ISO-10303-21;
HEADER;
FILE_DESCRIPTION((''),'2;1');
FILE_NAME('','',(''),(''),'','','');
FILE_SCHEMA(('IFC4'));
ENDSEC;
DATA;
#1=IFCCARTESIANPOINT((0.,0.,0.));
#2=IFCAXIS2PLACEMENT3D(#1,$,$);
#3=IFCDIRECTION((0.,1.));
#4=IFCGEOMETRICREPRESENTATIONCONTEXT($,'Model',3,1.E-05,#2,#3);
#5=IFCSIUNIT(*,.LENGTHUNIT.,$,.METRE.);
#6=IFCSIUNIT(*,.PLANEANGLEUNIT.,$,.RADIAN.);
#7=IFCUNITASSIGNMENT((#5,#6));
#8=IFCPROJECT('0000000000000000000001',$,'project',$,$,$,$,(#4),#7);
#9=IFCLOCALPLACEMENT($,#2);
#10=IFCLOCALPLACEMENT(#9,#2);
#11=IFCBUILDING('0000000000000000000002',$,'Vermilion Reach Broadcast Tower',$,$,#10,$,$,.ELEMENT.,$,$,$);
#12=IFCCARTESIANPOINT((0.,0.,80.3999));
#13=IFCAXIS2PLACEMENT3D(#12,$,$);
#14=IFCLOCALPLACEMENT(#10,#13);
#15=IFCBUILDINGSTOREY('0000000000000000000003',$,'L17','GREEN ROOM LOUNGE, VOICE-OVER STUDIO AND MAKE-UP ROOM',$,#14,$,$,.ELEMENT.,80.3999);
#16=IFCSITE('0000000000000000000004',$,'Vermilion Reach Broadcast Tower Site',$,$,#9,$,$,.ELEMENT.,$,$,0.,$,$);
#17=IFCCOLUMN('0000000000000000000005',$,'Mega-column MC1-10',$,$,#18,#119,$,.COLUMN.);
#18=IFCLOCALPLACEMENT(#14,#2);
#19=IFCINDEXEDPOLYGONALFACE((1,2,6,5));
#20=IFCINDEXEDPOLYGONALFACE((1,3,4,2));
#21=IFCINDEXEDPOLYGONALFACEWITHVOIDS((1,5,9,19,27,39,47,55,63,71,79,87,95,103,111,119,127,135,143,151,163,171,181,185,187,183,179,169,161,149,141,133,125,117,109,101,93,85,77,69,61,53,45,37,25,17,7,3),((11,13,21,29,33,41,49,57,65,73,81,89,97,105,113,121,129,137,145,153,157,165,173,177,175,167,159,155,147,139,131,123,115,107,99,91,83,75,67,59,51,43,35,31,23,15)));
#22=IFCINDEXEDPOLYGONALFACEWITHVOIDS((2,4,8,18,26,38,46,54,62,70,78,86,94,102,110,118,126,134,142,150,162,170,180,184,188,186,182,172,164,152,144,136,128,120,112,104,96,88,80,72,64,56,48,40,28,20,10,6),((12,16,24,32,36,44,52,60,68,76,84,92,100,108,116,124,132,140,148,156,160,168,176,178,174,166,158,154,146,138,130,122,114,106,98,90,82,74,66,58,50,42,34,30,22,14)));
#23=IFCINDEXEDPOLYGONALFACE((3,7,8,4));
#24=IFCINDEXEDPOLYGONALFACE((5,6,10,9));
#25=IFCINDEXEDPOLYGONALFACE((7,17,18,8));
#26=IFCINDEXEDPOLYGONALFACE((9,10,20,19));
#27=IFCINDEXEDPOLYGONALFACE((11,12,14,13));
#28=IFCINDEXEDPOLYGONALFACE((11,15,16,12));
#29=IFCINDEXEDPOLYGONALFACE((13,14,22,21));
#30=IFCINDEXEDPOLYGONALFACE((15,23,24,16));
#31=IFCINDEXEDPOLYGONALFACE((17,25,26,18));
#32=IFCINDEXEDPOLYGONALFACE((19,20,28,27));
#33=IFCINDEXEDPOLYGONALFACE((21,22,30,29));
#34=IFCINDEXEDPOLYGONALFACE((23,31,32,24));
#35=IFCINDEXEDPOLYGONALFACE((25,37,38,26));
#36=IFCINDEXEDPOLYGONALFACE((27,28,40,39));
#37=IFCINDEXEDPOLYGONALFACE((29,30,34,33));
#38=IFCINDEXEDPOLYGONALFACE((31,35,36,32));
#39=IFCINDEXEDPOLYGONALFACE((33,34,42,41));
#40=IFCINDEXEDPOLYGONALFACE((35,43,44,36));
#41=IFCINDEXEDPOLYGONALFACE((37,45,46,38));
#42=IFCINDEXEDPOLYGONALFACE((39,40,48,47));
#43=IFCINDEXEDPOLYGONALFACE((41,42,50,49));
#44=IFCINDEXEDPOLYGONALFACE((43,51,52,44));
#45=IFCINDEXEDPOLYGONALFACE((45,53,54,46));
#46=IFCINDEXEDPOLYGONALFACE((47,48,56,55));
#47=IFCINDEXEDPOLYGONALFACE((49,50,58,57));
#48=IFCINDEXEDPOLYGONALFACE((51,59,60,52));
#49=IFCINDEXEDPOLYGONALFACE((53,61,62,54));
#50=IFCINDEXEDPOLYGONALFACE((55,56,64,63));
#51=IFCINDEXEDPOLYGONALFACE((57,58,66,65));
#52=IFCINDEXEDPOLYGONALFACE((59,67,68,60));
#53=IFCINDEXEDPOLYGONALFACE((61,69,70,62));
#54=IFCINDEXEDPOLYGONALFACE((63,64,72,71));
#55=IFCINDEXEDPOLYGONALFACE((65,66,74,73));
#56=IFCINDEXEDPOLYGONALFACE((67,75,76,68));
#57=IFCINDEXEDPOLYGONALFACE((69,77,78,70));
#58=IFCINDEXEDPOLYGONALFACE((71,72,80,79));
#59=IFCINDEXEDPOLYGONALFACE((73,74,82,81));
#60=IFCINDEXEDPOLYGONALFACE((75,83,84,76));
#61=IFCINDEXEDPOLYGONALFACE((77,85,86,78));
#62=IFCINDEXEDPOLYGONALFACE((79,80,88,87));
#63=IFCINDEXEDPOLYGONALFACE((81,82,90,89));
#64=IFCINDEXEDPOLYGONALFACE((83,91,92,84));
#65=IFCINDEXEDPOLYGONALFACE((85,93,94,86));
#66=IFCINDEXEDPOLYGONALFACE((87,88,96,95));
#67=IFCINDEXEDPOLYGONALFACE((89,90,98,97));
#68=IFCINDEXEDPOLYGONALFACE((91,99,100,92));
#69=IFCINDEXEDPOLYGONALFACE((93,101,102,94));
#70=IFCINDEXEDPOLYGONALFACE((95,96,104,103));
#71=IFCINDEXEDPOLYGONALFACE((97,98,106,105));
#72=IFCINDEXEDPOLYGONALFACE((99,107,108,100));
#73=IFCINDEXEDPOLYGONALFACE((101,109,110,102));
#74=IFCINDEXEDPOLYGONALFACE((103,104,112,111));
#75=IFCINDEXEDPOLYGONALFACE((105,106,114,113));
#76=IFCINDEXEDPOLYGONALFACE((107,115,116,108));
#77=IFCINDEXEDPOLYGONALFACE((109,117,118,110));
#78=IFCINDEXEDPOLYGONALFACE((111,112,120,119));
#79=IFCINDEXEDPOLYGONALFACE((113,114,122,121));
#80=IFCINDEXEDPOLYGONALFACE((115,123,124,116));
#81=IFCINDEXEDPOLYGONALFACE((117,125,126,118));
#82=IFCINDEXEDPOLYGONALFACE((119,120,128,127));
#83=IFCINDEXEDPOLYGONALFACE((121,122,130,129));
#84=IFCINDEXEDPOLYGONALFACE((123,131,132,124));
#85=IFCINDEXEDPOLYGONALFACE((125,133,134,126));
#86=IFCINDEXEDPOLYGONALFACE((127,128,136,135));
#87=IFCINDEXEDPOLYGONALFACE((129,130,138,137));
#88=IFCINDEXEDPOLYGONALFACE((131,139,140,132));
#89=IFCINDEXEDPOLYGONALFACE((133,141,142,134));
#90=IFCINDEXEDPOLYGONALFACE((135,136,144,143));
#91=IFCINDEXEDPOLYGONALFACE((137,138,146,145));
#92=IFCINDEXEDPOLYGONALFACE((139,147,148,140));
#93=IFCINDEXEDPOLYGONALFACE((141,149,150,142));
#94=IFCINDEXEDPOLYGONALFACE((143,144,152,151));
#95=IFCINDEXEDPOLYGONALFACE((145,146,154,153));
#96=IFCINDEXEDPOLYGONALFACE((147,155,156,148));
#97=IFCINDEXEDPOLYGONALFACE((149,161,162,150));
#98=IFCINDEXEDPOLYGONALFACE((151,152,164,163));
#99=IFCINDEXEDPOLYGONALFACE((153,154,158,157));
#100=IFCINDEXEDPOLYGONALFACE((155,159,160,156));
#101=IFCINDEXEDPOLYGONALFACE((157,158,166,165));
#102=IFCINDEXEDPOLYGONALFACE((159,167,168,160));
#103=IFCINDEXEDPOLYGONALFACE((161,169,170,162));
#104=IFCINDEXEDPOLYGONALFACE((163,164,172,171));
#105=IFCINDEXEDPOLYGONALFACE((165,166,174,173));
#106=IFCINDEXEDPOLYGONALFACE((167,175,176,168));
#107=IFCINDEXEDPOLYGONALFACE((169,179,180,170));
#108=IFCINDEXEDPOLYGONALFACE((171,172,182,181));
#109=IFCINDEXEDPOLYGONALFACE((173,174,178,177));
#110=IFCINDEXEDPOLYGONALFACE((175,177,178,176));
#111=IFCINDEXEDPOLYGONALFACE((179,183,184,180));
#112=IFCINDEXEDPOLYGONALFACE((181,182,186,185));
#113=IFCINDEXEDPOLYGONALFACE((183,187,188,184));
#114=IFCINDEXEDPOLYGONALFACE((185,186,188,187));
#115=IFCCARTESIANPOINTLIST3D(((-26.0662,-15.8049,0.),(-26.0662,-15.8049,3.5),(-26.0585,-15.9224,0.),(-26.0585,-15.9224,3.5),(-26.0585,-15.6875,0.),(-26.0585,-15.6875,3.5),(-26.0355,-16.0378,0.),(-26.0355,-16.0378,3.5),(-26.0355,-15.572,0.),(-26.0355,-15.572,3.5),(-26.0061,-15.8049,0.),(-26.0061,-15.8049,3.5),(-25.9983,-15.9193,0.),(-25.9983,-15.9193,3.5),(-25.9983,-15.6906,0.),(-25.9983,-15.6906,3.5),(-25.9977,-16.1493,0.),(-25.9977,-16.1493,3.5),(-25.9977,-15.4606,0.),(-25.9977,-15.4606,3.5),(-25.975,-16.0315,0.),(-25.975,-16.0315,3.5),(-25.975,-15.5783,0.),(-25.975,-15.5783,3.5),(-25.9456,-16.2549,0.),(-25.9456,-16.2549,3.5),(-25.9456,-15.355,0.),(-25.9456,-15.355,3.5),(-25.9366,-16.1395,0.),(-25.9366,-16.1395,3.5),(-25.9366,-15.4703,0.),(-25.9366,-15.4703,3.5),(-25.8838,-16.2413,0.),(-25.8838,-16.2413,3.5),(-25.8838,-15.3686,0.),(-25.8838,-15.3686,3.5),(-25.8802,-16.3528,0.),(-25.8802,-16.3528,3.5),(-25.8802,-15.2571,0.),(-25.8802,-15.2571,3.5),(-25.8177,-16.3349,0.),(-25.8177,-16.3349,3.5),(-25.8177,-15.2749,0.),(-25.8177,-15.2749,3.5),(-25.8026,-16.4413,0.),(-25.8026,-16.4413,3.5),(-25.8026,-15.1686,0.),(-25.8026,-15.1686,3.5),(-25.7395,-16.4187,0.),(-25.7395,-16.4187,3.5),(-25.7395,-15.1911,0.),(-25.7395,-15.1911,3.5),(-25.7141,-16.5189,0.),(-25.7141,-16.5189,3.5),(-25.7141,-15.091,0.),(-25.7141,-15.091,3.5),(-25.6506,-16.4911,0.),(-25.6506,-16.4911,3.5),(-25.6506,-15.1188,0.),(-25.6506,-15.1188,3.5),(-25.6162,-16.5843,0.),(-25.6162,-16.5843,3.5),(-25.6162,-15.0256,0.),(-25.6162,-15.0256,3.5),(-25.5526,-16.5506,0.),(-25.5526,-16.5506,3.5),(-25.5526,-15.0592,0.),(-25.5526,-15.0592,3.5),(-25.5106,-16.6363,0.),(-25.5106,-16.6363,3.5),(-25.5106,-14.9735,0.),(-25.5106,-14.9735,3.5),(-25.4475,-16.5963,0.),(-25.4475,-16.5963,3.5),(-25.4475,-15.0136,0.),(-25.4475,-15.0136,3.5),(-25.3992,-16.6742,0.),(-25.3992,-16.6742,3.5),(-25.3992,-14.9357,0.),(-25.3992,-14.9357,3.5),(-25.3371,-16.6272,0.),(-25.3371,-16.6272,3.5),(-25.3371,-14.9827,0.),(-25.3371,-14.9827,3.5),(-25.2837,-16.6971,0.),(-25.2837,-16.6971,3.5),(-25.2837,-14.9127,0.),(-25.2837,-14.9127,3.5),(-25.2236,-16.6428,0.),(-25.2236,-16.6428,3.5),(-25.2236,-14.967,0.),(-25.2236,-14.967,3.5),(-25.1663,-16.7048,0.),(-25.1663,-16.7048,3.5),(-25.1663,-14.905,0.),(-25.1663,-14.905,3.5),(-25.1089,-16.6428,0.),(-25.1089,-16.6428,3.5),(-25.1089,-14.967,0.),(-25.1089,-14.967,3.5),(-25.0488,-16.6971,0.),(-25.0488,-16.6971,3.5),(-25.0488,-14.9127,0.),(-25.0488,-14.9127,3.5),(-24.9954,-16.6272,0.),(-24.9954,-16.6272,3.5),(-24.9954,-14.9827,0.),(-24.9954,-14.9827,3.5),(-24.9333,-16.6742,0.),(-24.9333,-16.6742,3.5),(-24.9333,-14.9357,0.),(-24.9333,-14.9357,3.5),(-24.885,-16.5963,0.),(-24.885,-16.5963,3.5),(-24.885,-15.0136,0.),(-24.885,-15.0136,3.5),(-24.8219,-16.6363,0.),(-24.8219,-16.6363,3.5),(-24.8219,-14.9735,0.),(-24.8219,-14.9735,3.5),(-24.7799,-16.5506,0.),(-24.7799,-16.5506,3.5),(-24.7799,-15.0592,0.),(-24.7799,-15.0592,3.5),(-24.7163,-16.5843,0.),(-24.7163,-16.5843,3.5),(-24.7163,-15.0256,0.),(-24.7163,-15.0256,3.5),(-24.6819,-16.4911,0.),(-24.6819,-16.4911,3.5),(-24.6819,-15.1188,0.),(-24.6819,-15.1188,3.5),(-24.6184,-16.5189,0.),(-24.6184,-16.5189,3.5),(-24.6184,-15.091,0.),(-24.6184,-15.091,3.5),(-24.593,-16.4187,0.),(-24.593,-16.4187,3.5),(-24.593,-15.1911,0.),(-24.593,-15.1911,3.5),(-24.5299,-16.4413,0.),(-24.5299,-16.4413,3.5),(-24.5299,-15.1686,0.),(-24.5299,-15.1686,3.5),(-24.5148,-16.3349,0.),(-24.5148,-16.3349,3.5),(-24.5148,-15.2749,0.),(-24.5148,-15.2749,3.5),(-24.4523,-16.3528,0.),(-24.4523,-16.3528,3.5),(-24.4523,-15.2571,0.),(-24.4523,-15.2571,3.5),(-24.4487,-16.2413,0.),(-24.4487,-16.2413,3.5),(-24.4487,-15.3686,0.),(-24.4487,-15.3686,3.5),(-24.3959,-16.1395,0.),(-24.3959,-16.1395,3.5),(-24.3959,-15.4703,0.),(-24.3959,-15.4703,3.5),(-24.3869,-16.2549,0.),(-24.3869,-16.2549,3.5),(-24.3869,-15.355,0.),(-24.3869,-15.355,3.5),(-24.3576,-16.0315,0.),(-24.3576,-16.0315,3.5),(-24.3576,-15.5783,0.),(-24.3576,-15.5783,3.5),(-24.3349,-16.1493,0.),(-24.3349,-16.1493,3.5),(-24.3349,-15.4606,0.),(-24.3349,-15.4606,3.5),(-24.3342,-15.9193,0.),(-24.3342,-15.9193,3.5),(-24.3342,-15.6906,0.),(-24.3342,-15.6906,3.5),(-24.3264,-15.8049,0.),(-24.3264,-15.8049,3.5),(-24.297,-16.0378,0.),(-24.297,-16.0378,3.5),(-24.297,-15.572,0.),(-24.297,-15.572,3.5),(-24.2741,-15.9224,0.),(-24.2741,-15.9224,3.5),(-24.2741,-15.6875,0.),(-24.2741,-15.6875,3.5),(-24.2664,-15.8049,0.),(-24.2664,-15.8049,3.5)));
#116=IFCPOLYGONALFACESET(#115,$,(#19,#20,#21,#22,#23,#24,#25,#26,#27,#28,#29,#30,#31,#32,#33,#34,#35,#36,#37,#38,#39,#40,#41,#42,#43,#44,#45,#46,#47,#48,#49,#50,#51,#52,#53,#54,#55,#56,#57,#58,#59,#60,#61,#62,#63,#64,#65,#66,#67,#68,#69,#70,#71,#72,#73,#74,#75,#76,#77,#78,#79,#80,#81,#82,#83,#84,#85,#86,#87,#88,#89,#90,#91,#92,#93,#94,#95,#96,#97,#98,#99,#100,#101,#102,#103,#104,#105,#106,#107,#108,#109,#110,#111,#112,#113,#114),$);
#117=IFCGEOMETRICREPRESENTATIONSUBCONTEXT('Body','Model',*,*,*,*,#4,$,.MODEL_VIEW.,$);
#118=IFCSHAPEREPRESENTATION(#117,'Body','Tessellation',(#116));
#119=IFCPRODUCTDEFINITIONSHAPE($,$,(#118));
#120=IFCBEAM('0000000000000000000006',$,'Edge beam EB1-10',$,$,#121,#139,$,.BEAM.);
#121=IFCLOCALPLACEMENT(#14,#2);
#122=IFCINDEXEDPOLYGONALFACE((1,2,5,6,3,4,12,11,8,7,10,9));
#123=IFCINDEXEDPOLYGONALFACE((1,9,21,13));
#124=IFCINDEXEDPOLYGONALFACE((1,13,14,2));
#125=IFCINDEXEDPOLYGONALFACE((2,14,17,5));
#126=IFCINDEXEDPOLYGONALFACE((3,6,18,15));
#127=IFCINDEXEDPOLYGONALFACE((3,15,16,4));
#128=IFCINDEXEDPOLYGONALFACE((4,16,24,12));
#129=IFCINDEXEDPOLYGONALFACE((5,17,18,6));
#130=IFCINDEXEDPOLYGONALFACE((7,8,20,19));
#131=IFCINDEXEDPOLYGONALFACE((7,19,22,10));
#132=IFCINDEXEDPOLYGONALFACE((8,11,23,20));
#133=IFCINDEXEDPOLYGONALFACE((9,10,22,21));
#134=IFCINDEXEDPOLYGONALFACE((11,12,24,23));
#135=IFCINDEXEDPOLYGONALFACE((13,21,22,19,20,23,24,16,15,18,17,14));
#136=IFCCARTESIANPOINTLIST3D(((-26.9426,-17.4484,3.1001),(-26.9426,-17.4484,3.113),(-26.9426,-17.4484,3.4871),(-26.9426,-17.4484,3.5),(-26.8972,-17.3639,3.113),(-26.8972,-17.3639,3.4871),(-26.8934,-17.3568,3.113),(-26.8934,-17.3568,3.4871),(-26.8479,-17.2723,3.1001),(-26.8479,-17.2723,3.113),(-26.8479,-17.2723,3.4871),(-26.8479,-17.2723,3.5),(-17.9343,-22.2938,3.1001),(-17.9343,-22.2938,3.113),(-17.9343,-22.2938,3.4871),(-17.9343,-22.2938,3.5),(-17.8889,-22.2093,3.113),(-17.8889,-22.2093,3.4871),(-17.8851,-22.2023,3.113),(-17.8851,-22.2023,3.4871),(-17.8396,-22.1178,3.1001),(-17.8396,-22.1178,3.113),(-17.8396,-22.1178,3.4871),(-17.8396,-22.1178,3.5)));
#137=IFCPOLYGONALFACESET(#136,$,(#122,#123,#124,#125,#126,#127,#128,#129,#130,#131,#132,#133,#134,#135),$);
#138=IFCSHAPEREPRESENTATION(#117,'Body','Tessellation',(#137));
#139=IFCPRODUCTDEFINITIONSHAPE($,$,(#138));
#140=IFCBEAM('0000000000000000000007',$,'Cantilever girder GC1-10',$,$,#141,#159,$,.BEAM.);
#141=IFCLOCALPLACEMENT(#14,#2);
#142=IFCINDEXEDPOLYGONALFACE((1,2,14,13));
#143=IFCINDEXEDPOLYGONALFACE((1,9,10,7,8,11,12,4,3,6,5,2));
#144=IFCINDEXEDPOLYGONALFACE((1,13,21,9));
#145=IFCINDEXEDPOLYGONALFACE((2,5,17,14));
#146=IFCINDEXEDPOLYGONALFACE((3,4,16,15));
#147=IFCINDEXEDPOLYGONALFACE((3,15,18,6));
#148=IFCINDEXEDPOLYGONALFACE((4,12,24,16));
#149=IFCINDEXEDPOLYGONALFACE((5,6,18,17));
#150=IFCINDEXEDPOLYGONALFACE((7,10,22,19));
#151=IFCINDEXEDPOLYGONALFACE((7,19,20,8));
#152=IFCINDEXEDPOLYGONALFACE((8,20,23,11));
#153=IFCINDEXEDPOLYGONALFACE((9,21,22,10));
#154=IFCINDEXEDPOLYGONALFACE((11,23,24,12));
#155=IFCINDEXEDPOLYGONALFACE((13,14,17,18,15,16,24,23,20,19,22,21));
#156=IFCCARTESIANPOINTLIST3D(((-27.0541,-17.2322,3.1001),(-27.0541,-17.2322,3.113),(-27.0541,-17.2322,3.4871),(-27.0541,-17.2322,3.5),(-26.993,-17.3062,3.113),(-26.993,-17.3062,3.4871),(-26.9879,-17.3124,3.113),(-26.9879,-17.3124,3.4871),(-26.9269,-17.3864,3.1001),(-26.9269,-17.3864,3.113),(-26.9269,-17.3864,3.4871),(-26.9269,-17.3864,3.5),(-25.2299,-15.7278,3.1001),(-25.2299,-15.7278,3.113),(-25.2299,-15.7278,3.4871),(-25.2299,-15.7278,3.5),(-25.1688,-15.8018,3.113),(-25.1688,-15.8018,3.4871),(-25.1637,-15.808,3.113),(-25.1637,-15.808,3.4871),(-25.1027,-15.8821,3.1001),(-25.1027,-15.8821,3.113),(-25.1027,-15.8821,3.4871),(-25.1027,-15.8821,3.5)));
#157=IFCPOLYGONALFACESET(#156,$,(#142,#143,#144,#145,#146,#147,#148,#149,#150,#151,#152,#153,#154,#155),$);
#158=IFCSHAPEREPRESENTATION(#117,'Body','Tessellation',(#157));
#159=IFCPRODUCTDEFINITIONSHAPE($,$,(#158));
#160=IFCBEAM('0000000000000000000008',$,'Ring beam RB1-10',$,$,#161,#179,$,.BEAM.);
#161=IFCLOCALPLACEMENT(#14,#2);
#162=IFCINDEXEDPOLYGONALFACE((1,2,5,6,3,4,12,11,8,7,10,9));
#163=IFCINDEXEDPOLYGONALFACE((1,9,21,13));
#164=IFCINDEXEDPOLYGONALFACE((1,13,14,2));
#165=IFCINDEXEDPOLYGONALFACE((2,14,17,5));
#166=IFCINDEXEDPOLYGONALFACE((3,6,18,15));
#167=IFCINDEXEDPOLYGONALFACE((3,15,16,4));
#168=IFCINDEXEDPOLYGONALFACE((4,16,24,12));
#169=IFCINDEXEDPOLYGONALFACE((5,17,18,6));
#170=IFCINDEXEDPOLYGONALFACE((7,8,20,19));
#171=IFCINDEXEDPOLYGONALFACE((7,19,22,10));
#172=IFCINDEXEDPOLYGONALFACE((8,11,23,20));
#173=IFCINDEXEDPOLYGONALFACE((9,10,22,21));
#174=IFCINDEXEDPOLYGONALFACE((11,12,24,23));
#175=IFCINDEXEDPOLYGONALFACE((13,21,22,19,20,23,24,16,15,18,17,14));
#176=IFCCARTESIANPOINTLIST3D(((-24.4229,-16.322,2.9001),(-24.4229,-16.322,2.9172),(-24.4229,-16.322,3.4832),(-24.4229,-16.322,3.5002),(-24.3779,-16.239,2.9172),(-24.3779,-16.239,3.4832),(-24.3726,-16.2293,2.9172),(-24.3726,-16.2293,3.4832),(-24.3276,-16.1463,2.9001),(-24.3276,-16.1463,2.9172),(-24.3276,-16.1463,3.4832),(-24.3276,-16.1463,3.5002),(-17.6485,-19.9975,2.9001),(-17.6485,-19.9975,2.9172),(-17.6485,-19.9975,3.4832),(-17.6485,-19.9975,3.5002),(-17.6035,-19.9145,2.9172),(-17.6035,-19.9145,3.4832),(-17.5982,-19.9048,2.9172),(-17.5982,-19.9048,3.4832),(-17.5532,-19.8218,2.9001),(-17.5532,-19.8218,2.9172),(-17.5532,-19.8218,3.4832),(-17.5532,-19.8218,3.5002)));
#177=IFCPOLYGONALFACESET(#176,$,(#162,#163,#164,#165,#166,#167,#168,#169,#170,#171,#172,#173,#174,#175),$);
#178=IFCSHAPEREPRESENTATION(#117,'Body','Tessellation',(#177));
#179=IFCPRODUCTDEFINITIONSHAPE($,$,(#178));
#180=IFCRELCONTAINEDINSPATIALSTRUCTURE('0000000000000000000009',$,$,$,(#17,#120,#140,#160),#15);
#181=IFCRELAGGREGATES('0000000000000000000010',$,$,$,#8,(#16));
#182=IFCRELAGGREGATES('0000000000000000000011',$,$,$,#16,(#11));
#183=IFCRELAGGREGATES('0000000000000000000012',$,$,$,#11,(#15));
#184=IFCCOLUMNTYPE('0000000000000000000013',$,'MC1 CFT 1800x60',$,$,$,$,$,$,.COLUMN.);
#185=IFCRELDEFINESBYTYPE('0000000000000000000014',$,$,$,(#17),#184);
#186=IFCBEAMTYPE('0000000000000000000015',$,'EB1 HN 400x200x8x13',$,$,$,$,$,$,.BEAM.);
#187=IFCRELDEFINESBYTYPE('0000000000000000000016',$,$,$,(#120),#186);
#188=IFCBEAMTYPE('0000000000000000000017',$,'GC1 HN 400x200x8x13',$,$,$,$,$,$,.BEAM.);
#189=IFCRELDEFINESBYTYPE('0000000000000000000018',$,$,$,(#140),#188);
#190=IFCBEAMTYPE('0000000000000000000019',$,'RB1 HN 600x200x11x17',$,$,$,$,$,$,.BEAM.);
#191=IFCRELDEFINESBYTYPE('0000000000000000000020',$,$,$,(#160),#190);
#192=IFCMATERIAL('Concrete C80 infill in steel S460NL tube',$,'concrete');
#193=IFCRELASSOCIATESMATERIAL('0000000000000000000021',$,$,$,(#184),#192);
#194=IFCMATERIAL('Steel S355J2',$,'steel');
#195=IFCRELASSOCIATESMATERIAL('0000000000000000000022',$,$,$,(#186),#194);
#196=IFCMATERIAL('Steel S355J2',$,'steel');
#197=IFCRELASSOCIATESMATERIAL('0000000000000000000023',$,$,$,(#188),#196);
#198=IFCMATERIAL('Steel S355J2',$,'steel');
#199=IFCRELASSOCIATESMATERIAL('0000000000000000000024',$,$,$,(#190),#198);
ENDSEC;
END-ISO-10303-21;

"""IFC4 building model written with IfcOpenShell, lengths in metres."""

from ifc_helpers import new_model, si_unit, direction, frame, origin, origin_2d, place, context, subcontext, project, spatial, hollow_circle, i_section, extrude, material, material_profile, profile_set, type_object, element, save


model = new_model("IFC4")

# Units and contexts
model_context = context("Model", 3, precision=1e-05, world=origin(), true_north=direction((0.0, 1.0)))
body_context = subcontext(model_context, "Body", "Model", "MODEL_VIEW")
ifc_project = project(units=[si_unit("LENGTHUNIT", "METRE"), si_unit("PLANEANGLEUNIT", "RADIAN")], contexts=[model_context])

# Site, building, storey
site_placement = place(None, origin())
site = spatial("IfcSite", under=ifc_project, at=site_placement, Name="Vermilion Reach Broadcast Tower Site", CompositionType="ELEMENT", RefElevation=0.0)
building_placement = place(site_placement, origin())
building = spatial("IfcBuilding", under=site, at=building_placement, Name="Vermilion Reach Broadcast Tower", CompositionType="ELEMENT")
storey_placement = place(building_placement, frame((0.0, 0.0, 80.3999)))
storey = spatial("IfcBuildingStorey", under=building, at=storey_placement, Name="L17", Description="GREEN ROOM LOUNGE, VOICE-OVER STUDIO AND MAKE-UP ROOM", CompositionType="ELEMENT", Elevation=80.3999)

# Column
ifc_material_1 = material(Name="Concrete C80 infill in steel S460NL tube", Category="concrete")
ifc_material_profile_1 = material_profile(ifc_material_1, hollow_circle(Radius=0.8999, WallThickness=0.0601, at=origin_2d()), Name="Concrete C80 infill in steel S460NL tube CFT 1800x60")
ifc_profile_set_1 = profile_set([ifc_material_profile_1], Name="Concrete C80 infill in steel S460NL tube")
column_type = type_object("IfcColumnType", Name="MC1 CFT 1800x60", PredefinedType="COLUMN", material=ifc_profile_set_1)
column_placement = place(storey_placement, frame((-25.1663, -15.8049, 0.0), z_axis=(0.0, 0.0, 1.0), x_axis=(1.0, 0.0, 0.0)))
element("IfcColumn", 1, at=column_placement, inside=storey, type_object=column_type, Name="Mega-column MC1-10", PredefinedType="COLUMN", context=body_context, shape_type="SweptSolid", body=[
    extrude(hollow_circle(Radius=0.8999, WallThickness=0.0601, at=origin_2d()), origin(), (0.0, 0.0, 1.0), 3.5),
])

# Beams
ifc_material_2 = material(Name="Steel S355J2", Category="steel")
ifc_material_profile_2 = material_profile(ifc_material_2, i_section(OverallWidth=0.2, OverallDepth=0.3999, WebThickness=0.0081, FlangeThickness=0.0129, at=origin_2d()), Name="S355J2 HN 400x200x8x13")
ifc_profile_set_2 = profile_set([ifc_material_profile_2], Name="Steel S355J2")
beam_type_1 = type_object("IfcBeamType", Name="EB1 HN 400x200x8x13", PredefinedType="BEAM", material=ifc_profile_set_2)
beam_1_placement = place(storey_placement, frame((-26.8953, -17.3604, 3.3), z_axis=(0.880682, -0.473708, 0.0), x_axis=(0.473708, 0.880682, 0.0)))
element("IfcBeam", 2, at=beam_1_placement, inside=storey, type_object=beam_type_1, Name="Edge beam EB1-10", PredefinedType="BEAM", context=body_context, shape_type="SweptSolid", body=[
    extrude(i_section(OverallWidth=0.2, OverallDepth=0.3999, WebThickness=0.0081, FlangeThickness=0.0129, at=origin_2d()), origin(), (0.0, 0.0, 1.0), 10.2288),
])
ifc_material_3 = material(Name="Steel S355J2", Category="steel")
ifc_material_profile_3 = material_profile(ifc_material_3, i_section(OverallWidth=0.2, OverallDepth=0.3999, WebThickness=0.0081, FlangeThickness=0.0129, at=origin_2d()), Name="S355J2 HN 400x200x8x13")
ifc_profile_set_3 = profile_set([ifc_material_profile_3], Name="Steel S355J2")
beam_type_2 = type_object("IfcBeamType", Name="GC1 HN 400x200x8x13", PredefinedType="BEAM", material=ifc_profile_set_3)
beam_2_placement = place(storey_placement, frame((-25.1663, -15.8049, 3.3), z_axis=(-0.771495, -0.636235, 0.0), x_axis=(0.636235, -0.771495, 0.0)))
element("IfcBeam", 3, at=beam_2_placement, inside=storey, type_object=beam_type_2, Name="Cantilever girder GC1-10", PredefinedType="BEAM", context=body_context, shape_type="SweptSolid", body=[
    extrude(i_section(OverallWidth=0.2, OverallDepth=0.3999, WebThickness=0.0081, FlangeThickness=0.0129, at=origin_2d()), origin(), (0.0, 0.0, 1.0), 2.3645),
])
ifc_material_4 = material(Name="Steel S355J2", Category="steel")
ifc_material_profile_4 = material_profile(ifc_material_4, i_section(OverallWidth=0.2, OverallDepth=0.6001, WebThickness=0.011, FlangeThickness=0.0171, at=origin_2d()), Name="S355J2 HN 600x200x11x17")
ifc_profile_set_4 = profile_set([ifc_material_profile_4], Name="Steel S355J2")
beam_type_3 = type_object("IfcBeamType", Name="RB1 HN 600x200x11x17", PredefinedType="BEAM", material=ifc_profile_set_4)
beam_3_placement = place(storey_placement, frame((-24.3752, -16.2341, 3.2002), z_axis=(0.878962, -0.476891, 0.0), x_axis=(0.476891, 0.878962, 0.0)))
element("IfcBeam", 4, at=beam_3_placement, inside=storey, type_object=beam_type_3, Name="Ring beam RB1-10", PredefinedType="BEAM", context=body_context, shape_type="SweptSolid", body=[
    extrude(i_section(OverallWidth=0.2, OverallDepth=0.6001, WebThickness=0.011, FlangeThickness=0.0171, at=origin_2d()), origin(), (0.0, 0.0, 1.0), 7.7073),
])

save(model, "model.ifc")
